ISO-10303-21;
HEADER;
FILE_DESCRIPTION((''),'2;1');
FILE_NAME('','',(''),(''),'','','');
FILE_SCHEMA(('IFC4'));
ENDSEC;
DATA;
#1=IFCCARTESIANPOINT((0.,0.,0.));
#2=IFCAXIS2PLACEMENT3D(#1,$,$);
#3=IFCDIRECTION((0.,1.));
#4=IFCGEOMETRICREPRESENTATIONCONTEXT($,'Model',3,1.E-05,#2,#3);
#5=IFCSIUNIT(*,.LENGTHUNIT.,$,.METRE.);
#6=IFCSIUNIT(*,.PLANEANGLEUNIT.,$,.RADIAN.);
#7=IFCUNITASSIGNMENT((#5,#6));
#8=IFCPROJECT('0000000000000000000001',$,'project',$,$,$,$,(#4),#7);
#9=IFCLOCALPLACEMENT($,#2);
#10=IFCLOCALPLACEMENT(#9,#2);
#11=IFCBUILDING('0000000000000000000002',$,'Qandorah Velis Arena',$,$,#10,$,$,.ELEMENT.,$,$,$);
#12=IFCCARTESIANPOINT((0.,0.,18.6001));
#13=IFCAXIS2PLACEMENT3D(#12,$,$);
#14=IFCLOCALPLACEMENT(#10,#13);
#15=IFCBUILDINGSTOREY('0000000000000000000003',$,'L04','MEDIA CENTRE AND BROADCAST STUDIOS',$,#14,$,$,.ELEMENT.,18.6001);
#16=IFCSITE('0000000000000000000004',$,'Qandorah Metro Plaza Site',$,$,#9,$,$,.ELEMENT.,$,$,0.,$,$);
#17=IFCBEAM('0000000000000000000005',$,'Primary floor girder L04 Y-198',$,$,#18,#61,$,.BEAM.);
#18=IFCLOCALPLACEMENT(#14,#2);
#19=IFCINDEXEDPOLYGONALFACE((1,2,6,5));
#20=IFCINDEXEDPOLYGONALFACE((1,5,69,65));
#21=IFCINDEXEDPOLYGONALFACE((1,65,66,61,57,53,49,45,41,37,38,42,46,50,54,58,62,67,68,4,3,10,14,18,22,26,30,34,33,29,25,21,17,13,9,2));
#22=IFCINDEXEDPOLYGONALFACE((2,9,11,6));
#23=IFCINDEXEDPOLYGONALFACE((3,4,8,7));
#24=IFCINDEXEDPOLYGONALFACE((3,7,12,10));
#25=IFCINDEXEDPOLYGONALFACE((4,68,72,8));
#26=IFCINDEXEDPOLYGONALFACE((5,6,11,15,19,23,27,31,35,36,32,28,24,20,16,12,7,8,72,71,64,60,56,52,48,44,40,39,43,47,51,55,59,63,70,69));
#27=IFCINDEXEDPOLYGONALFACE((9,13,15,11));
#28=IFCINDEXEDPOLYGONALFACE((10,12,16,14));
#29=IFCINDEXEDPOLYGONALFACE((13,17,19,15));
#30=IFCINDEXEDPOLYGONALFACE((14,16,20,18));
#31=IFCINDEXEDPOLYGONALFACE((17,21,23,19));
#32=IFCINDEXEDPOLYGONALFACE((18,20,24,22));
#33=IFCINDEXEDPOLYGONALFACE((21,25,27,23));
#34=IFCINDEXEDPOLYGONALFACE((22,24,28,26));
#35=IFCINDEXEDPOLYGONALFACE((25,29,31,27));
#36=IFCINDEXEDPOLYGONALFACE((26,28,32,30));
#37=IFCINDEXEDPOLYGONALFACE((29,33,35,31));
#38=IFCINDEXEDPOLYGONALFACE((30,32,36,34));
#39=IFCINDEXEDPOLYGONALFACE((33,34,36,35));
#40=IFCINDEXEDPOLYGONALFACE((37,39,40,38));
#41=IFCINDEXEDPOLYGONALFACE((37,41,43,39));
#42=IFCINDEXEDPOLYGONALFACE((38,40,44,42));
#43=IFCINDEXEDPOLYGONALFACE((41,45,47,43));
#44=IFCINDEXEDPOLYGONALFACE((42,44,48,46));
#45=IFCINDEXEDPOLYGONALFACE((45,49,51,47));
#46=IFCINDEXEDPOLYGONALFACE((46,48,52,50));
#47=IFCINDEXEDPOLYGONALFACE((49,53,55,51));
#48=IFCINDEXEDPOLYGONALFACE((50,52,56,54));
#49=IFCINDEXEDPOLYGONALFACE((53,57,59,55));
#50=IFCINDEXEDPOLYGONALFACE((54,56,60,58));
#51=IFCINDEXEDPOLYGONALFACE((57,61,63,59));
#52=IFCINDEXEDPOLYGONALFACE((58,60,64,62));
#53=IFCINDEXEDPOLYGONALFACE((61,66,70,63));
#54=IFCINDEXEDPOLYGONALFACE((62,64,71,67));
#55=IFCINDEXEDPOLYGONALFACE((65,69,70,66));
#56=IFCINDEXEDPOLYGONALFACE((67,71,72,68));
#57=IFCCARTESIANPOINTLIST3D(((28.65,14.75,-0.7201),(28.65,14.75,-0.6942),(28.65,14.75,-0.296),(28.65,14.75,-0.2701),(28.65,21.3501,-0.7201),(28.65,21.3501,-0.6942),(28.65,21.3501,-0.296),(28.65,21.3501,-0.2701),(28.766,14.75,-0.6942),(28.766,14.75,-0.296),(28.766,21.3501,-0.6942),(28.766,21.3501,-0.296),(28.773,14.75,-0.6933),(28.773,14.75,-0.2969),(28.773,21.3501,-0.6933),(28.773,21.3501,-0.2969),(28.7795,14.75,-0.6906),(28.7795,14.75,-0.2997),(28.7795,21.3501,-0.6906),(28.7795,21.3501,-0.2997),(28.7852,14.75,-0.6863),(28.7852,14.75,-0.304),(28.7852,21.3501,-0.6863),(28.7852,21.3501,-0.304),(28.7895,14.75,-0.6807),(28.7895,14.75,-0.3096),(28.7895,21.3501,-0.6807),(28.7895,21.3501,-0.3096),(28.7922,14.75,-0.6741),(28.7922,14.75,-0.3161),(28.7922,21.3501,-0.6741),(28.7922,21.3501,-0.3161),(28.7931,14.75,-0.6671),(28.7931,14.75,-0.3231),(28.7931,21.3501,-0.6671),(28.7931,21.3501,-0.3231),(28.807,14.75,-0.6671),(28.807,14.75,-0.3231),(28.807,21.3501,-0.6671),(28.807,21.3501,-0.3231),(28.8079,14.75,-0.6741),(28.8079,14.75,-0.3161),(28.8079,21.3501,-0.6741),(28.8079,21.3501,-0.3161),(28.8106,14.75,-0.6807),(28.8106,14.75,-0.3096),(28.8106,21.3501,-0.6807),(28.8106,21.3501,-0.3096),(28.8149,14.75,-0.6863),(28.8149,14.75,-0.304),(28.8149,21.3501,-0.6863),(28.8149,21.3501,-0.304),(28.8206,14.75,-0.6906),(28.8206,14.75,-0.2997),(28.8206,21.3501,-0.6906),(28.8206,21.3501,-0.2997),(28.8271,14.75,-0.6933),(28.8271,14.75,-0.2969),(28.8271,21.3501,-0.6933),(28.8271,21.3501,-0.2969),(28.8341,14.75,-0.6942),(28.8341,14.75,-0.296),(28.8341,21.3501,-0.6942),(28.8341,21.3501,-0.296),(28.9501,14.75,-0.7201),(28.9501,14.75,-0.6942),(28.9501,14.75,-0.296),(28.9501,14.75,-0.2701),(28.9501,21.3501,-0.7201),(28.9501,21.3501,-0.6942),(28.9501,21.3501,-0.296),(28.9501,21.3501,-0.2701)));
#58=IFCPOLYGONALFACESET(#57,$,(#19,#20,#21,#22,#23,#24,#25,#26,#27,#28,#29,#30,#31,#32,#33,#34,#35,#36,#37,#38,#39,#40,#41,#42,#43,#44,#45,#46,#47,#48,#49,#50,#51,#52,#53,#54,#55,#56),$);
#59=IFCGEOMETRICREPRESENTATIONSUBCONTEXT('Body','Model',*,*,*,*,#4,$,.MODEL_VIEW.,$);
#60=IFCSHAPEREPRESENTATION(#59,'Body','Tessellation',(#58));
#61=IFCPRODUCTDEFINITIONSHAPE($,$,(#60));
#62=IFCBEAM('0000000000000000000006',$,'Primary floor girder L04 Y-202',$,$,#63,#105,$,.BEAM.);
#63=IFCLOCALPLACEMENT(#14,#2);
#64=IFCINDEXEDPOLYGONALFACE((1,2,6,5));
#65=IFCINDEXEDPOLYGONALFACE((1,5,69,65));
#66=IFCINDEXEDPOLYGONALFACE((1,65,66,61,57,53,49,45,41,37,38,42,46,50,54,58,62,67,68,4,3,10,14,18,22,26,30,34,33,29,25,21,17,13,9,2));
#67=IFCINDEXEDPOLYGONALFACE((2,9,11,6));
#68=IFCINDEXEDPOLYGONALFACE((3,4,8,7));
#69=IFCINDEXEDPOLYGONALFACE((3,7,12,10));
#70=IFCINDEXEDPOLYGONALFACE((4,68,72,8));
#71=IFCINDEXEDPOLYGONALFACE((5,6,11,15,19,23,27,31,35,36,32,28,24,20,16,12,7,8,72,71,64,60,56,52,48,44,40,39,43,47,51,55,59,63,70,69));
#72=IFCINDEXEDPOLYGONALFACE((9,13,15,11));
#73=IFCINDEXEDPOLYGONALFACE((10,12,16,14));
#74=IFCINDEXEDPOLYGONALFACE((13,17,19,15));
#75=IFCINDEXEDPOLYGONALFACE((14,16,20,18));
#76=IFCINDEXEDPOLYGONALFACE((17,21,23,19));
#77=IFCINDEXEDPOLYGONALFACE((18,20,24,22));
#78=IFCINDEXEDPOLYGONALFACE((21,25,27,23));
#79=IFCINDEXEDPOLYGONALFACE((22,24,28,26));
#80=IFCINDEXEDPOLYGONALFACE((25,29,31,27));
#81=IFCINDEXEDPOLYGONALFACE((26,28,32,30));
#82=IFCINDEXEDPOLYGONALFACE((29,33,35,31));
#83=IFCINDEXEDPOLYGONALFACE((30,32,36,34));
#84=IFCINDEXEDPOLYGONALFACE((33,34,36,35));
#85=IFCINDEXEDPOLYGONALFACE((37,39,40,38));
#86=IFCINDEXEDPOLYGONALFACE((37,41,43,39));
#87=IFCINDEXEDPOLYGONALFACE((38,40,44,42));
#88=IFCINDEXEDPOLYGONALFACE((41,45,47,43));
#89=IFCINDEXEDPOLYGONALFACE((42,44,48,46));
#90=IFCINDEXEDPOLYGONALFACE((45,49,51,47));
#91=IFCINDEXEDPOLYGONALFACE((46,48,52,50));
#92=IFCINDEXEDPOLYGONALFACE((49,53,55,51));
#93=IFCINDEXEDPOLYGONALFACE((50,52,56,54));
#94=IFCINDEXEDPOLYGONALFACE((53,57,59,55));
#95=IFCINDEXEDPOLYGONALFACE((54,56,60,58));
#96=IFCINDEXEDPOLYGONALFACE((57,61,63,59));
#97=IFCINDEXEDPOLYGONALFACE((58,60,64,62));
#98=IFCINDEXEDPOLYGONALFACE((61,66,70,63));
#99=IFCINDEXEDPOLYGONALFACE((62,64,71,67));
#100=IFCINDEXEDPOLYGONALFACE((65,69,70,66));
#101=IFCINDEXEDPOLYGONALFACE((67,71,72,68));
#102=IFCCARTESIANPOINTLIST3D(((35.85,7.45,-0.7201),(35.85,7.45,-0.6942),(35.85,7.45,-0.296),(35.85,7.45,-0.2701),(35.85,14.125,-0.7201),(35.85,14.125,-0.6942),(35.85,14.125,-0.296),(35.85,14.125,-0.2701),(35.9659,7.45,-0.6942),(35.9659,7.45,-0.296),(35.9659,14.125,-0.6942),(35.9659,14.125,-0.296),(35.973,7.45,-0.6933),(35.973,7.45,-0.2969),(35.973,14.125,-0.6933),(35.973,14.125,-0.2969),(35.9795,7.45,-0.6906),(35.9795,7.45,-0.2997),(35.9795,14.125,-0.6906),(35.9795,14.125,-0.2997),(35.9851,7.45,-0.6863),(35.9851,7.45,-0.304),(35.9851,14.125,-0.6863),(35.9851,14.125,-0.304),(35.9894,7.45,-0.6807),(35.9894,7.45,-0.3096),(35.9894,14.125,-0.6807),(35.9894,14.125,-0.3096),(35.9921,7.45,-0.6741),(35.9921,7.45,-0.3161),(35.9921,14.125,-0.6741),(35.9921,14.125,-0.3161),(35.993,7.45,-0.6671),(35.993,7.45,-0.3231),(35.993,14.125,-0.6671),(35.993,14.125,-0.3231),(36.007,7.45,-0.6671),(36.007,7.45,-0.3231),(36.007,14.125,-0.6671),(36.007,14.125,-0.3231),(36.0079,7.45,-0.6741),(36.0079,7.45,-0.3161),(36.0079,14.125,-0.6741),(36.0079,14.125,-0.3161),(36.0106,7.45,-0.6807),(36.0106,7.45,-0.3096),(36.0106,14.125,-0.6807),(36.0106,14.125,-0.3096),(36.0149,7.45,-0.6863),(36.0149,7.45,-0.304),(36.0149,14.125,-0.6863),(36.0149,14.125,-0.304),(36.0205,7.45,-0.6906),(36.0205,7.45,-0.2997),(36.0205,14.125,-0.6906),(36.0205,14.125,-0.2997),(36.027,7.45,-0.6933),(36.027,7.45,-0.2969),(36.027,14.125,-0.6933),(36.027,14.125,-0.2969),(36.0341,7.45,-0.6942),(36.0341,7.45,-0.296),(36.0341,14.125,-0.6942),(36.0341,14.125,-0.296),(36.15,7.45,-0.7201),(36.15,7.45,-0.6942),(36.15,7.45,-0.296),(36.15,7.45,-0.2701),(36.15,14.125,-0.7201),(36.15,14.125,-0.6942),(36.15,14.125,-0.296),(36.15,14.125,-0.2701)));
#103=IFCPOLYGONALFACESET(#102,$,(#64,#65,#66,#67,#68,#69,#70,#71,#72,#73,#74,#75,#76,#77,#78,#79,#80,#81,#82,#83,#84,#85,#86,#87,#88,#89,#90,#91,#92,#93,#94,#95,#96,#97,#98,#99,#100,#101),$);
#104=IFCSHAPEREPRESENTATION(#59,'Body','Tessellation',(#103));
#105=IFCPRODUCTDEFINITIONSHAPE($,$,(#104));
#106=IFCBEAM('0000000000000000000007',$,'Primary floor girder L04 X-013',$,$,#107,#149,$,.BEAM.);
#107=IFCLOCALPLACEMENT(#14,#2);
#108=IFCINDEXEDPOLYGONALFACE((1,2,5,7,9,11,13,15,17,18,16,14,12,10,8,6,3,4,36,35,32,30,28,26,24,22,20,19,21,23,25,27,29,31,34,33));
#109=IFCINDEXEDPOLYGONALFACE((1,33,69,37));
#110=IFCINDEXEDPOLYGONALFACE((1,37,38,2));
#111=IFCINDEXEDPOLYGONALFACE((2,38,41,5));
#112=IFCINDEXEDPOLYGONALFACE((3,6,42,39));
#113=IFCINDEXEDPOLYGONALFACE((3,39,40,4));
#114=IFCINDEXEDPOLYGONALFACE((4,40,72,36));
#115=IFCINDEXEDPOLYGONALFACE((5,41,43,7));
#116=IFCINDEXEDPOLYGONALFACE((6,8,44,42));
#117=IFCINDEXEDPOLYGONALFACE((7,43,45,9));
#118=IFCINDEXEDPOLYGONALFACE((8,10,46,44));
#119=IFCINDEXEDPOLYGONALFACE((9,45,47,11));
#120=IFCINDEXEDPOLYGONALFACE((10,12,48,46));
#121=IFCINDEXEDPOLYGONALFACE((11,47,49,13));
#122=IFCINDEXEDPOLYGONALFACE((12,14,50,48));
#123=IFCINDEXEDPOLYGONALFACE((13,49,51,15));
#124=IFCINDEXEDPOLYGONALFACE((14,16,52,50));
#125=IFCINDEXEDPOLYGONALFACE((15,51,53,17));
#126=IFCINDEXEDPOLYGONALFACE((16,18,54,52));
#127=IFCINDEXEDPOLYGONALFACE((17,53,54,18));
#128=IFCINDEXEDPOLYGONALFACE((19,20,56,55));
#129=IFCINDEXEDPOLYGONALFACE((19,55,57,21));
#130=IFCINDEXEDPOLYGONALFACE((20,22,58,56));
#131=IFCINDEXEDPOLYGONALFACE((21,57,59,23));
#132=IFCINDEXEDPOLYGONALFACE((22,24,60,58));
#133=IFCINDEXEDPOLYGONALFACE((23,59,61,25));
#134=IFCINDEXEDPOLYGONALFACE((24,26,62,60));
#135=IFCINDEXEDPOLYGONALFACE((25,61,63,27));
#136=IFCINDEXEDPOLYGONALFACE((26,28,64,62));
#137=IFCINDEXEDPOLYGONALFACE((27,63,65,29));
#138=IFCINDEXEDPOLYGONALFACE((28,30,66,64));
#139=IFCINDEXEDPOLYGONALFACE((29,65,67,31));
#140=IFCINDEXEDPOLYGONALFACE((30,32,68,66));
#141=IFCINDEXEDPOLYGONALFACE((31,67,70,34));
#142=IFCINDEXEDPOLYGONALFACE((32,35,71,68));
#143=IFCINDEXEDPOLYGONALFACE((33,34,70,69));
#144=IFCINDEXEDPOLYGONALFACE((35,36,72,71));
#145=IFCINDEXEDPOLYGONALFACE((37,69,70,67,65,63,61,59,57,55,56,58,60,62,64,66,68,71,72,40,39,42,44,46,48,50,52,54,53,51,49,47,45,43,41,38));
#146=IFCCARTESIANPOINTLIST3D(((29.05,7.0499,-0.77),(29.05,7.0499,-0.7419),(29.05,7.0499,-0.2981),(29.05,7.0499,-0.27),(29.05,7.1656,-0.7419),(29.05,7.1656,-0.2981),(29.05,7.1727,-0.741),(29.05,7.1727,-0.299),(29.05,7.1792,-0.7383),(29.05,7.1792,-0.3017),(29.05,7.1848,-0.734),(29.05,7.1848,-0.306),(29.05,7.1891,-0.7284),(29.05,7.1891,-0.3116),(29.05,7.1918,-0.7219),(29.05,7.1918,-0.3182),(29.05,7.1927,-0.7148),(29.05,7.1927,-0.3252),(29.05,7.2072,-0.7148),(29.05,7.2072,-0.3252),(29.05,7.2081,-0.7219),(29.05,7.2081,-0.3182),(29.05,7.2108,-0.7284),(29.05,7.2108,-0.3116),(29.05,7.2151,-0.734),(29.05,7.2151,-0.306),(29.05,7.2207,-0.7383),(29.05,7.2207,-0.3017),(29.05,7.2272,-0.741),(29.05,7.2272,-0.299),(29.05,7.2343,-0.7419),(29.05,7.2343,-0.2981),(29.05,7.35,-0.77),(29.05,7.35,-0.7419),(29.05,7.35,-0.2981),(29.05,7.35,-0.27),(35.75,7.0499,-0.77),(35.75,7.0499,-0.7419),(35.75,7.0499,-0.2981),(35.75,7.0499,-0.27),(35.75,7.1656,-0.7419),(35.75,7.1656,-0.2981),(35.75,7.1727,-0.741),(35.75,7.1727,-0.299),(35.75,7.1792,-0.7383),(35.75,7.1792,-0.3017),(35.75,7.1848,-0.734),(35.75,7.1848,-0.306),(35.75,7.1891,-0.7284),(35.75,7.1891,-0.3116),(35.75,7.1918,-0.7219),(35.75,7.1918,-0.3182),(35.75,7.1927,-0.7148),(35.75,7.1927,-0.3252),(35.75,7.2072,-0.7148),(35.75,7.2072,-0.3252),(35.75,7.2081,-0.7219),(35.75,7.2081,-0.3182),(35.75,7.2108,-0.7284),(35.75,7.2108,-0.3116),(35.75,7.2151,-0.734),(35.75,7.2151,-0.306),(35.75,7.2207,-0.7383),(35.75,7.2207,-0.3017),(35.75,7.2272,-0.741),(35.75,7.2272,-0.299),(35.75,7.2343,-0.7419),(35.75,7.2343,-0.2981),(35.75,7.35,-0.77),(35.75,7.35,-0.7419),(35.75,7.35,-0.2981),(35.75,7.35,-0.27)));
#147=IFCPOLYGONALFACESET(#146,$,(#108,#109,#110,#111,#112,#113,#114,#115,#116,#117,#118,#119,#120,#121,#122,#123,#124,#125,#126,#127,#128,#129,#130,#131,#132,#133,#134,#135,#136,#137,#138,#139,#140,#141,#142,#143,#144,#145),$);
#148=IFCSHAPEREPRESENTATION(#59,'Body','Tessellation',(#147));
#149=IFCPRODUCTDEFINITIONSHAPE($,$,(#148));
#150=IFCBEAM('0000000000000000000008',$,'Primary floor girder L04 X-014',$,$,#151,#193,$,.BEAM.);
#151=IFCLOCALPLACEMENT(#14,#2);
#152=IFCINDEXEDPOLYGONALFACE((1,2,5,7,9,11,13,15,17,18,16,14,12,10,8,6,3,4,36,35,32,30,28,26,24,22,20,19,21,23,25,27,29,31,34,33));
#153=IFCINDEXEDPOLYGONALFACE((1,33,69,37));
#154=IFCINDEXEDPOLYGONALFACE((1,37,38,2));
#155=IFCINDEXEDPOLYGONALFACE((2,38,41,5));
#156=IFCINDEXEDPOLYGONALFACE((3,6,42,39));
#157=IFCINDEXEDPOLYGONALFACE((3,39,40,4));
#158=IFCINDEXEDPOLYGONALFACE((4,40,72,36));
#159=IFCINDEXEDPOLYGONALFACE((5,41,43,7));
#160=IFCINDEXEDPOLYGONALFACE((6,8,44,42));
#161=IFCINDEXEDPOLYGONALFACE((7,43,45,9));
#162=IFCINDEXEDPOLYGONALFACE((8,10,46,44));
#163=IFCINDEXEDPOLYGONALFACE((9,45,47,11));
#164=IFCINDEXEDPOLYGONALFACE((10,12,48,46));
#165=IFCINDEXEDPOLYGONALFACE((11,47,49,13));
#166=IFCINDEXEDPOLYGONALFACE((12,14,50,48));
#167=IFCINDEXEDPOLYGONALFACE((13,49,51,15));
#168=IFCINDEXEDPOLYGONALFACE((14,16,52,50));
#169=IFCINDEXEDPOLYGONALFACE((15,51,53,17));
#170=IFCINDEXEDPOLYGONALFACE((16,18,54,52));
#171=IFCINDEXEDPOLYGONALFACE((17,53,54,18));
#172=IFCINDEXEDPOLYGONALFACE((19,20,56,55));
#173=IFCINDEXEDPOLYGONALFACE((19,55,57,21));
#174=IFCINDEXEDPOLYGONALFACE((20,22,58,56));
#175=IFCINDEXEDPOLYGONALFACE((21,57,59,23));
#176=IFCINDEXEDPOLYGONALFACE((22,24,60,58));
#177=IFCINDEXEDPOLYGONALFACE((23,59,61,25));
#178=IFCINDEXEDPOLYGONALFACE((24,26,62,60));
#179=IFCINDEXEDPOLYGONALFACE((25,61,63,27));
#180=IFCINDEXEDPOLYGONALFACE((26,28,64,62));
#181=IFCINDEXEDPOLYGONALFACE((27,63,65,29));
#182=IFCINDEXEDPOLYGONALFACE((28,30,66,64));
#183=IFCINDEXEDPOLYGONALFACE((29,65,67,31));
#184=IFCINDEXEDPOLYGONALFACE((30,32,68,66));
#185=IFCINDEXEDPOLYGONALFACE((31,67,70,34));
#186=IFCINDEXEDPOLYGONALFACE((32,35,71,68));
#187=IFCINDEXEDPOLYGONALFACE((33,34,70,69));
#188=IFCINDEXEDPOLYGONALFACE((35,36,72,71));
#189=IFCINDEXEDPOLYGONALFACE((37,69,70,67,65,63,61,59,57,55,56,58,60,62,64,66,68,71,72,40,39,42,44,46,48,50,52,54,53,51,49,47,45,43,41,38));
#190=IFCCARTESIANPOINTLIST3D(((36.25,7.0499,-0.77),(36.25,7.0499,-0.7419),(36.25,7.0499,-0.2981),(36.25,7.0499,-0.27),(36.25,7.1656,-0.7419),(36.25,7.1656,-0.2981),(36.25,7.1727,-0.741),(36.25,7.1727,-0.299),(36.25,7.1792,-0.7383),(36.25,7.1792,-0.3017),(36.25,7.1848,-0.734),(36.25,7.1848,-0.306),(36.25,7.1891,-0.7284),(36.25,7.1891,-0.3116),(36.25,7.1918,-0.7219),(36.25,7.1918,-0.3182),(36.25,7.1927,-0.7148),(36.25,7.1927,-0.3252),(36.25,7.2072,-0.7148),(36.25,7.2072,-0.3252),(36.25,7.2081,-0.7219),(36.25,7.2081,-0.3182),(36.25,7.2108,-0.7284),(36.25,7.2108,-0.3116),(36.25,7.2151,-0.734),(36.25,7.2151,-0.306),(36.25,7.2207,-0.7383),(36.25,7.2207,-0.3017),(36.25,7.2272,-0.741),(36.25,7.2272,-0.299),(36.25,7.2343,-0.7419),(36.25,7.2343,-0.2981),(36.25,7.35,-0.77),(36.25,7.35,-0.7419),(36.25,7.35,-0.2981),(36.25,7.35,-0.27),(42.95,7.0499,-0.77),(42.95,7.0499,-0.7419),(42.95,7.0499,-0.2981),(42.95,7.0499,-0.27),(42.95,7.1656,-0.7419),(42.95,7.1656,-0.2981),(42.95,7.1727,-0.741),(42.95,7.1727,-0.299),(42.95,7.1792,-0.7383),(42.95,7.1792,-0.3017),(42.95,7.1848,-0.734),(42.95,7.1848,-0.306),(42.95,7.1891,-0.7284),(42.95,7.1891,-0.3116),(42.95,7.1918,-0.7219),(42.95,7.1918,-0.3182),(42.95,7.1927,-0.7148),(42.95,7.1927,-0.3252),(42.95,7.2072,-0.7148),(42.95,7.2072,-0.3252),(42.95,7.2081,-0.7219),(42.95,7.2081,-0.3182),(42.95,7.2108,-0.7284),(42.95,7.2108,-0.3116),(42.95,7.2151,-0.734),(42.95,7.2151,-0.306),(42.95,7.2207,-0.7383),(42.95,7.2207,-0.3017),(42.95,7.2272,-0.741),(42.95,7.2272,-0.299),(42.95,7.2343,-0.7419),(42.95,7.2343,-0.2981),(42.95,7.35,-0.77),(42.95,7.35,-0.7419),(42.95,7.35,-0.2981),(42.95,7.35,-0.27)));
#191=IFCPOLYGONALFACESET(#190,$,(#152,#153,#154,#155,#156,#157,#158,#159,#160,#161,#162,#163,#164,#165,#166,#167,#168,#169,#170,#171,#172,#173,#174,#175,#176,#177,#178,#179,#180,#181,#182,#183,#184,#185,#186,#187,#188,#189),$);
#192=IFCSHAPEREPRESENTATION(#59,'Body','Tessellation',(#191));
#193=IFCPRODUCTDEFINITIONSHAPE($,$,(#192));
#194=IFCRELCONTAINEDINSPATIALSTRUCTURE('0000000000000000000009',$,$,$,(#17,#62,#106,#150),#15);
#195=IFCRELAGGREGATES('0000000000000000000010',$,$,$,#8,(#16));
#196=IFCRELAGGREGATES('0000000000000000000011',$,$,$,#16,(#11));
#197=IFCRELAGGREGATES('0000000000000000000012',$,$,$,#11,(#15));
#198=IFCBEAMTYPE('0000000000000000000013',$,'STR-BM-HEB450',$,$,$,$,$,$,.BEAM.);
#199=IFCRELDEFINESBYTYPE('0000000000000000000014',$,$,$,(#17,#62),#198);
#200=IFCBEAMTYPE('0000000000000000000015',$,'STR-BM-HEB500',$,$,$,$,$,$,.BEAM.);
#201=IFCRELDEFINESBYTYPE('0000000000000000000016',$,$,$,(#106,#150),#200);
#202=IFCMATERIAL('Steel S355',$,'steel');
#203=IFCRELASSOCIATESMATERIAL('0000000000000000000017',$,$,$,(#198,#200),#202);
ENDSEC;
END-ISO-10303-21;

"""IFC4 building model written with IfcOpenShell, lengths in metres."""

from ifc_helpers import new_model, si_unit, direction, frame, origin, origin_2d, place, context, subcontext, project, spatial, i_section, extrude, material, material_profile, profile_set, type_object, element, save


model = new_model("IFC4")

# Units and contexts
model_context = context("Model", 3, precision=1e-05, world=origin(), true_north=direction((0.0, 1.0)))
body_context = subcontext(model_context, "Body", "Model", "MODEL_VIEW")
ifc_project = project(units=[si_unit("LENGTHUNIT", "METRE"), si_unit("PLANEANGLEUNIT", "RADIAN")], contexts=[model_context])

# Site, building, storey
site_placement = place(None, origin())
site = spatial("IfcSite", under=ifc_project, at=site_placement, Name="Qandorah Metro Plaza Site", CompositionType="ELEMENT", RefElevation=0.0)
building_placement = place(site_placement, origin())
building = spatial("IfcBuilding", under=site, at=building_placement, Name="Qandorah Velis Arena", CompositionType="ELEMENT")
storey_placement = place(building_placement, frame((0.0, 0.0, 18.6001)))
storey = spatial("IfcBuildingStorey", under=building, at=storey_placement, Name="L04", Description="MEDIA CENTRE AND BROADCAST STUDIOS", CompositionType="ELEMENT", Elevation=18.6001)

# Shared definitions
ifc_material_1 = material(Name="Steel S355", Category="steel")

# Beams
ifc_material_profile_1 = material_profile(ifc_material_1, i_section(OverallWidth=0.3, OverallDepth=0.45, WebThickness=0.0139, FlangeThickness=0.0259, FilletRadius=0.0271, at=origin_2d()), Name="HEB 450")
ifc_profile_set_1 = profile_set([ifc_material_profile_1], Name="Steel S355")
beam_type_1 = type_object("IfcBeamType", Name="STR-BM-HEB450", PredefinedType="BEAM", material=ifc_profile_set_1)
for number, where, z_axis, x_axis, name in (
    (1, (28.8, 14.75, -0.4951), (0.0, 1.0, 0.0), (-1.0, 0.0, 0.0), "Primary floor girder L04 Y-198"),
):
    element("IfcBeam", number, at=place(storey_placement, frame(where, z_axis=z_axis, x_axis=x_axis)), inside=storey, type_object=beam_type_1, Name=name, PredefinedType="BEAM", context=body_context, shape_type="SweptSolid", body=[
        extrude(i_section(OverallWidth=0.3, OverallDepth=0.45, WebThickness=0.0139, FlangeThickness=0.0259, FilletRadius=0.0271, at=origin_2d()), origin(), (0.0, 0.0, 1.0), 6.6001),
    ])
beam_1_placement = place(storey_placement, frame((36.0, 7.45, -0.4951), z_axis=(0.0, 1.0, 0.0), x_axis=(-1.0, 0.0, 0.0)))
element("IfcBeam", 2, at=beam_1_placement, inside=storey, type_object=beam_type_1, Name="Primary floor girder L04 Y-202", PredefinedType="BEAM", context=body_context, shape_type="SweptSolid", body=[
    extrude(i_section(OverallWidth=0.3, OverallDepth=0.45, WebThickness=0.0139, FlangeThickness=0.0259, FilletRadius=0.0271, at=origin_2d()), origin(), (0.0, 0.0, 1.0), 6.675),
])
ifc_material_profile_2 = material_profile(ifc_material_1, i_section(OverallWidth=0.3, OverallDepth=0.5, WebThickness=0.0144, FlangeThickness=0.0281, FilletRadius=0.0271, at=origin_2d()), Name="HEB 500")
ifc_profile_set_2 = profile_set([ifc_material_profile_2], Name="Steel S355")
beam_type_2 = type_object("IfcBeamType", Name="STR-BM-HEB500", PredefinedType="BEAM", material=ifc_profile_set_2)
for number, where, z_axis, x_axis, name in (
    (3, (29.05, 7.2, -0.52), (1.0, 0.0, 0.0), (0.0, 1.0, 0.0), "Primary floor girder L04 X-013"),
    (4, (36.25, 7.2, -0.52), (1.0, 0.0, 0.0), (0.0, 1.0, 0.0), "Primary floor girder L04 X-014"),
):
    element("IfcBeam", number, at=place(storey_placement, frame(where, z_axis=z_axis, x_axis=x_axis)), inside=storey, type_object=beam_type_2, Name=name, PredefinedType="BEAM", context=body_context, shape_type="SweptSolid", body=[
        extrude(i_section(OverallWidth=0.3, OverallDepth=0.5, WebThickness=0.0144, FlangeThickness=0.0281, FilletRadius=0.0271, at=origin_2d()), origin(), (0.0, 0.0, 1.0), 6.7),
    ])

save(model, "model.ifc")
